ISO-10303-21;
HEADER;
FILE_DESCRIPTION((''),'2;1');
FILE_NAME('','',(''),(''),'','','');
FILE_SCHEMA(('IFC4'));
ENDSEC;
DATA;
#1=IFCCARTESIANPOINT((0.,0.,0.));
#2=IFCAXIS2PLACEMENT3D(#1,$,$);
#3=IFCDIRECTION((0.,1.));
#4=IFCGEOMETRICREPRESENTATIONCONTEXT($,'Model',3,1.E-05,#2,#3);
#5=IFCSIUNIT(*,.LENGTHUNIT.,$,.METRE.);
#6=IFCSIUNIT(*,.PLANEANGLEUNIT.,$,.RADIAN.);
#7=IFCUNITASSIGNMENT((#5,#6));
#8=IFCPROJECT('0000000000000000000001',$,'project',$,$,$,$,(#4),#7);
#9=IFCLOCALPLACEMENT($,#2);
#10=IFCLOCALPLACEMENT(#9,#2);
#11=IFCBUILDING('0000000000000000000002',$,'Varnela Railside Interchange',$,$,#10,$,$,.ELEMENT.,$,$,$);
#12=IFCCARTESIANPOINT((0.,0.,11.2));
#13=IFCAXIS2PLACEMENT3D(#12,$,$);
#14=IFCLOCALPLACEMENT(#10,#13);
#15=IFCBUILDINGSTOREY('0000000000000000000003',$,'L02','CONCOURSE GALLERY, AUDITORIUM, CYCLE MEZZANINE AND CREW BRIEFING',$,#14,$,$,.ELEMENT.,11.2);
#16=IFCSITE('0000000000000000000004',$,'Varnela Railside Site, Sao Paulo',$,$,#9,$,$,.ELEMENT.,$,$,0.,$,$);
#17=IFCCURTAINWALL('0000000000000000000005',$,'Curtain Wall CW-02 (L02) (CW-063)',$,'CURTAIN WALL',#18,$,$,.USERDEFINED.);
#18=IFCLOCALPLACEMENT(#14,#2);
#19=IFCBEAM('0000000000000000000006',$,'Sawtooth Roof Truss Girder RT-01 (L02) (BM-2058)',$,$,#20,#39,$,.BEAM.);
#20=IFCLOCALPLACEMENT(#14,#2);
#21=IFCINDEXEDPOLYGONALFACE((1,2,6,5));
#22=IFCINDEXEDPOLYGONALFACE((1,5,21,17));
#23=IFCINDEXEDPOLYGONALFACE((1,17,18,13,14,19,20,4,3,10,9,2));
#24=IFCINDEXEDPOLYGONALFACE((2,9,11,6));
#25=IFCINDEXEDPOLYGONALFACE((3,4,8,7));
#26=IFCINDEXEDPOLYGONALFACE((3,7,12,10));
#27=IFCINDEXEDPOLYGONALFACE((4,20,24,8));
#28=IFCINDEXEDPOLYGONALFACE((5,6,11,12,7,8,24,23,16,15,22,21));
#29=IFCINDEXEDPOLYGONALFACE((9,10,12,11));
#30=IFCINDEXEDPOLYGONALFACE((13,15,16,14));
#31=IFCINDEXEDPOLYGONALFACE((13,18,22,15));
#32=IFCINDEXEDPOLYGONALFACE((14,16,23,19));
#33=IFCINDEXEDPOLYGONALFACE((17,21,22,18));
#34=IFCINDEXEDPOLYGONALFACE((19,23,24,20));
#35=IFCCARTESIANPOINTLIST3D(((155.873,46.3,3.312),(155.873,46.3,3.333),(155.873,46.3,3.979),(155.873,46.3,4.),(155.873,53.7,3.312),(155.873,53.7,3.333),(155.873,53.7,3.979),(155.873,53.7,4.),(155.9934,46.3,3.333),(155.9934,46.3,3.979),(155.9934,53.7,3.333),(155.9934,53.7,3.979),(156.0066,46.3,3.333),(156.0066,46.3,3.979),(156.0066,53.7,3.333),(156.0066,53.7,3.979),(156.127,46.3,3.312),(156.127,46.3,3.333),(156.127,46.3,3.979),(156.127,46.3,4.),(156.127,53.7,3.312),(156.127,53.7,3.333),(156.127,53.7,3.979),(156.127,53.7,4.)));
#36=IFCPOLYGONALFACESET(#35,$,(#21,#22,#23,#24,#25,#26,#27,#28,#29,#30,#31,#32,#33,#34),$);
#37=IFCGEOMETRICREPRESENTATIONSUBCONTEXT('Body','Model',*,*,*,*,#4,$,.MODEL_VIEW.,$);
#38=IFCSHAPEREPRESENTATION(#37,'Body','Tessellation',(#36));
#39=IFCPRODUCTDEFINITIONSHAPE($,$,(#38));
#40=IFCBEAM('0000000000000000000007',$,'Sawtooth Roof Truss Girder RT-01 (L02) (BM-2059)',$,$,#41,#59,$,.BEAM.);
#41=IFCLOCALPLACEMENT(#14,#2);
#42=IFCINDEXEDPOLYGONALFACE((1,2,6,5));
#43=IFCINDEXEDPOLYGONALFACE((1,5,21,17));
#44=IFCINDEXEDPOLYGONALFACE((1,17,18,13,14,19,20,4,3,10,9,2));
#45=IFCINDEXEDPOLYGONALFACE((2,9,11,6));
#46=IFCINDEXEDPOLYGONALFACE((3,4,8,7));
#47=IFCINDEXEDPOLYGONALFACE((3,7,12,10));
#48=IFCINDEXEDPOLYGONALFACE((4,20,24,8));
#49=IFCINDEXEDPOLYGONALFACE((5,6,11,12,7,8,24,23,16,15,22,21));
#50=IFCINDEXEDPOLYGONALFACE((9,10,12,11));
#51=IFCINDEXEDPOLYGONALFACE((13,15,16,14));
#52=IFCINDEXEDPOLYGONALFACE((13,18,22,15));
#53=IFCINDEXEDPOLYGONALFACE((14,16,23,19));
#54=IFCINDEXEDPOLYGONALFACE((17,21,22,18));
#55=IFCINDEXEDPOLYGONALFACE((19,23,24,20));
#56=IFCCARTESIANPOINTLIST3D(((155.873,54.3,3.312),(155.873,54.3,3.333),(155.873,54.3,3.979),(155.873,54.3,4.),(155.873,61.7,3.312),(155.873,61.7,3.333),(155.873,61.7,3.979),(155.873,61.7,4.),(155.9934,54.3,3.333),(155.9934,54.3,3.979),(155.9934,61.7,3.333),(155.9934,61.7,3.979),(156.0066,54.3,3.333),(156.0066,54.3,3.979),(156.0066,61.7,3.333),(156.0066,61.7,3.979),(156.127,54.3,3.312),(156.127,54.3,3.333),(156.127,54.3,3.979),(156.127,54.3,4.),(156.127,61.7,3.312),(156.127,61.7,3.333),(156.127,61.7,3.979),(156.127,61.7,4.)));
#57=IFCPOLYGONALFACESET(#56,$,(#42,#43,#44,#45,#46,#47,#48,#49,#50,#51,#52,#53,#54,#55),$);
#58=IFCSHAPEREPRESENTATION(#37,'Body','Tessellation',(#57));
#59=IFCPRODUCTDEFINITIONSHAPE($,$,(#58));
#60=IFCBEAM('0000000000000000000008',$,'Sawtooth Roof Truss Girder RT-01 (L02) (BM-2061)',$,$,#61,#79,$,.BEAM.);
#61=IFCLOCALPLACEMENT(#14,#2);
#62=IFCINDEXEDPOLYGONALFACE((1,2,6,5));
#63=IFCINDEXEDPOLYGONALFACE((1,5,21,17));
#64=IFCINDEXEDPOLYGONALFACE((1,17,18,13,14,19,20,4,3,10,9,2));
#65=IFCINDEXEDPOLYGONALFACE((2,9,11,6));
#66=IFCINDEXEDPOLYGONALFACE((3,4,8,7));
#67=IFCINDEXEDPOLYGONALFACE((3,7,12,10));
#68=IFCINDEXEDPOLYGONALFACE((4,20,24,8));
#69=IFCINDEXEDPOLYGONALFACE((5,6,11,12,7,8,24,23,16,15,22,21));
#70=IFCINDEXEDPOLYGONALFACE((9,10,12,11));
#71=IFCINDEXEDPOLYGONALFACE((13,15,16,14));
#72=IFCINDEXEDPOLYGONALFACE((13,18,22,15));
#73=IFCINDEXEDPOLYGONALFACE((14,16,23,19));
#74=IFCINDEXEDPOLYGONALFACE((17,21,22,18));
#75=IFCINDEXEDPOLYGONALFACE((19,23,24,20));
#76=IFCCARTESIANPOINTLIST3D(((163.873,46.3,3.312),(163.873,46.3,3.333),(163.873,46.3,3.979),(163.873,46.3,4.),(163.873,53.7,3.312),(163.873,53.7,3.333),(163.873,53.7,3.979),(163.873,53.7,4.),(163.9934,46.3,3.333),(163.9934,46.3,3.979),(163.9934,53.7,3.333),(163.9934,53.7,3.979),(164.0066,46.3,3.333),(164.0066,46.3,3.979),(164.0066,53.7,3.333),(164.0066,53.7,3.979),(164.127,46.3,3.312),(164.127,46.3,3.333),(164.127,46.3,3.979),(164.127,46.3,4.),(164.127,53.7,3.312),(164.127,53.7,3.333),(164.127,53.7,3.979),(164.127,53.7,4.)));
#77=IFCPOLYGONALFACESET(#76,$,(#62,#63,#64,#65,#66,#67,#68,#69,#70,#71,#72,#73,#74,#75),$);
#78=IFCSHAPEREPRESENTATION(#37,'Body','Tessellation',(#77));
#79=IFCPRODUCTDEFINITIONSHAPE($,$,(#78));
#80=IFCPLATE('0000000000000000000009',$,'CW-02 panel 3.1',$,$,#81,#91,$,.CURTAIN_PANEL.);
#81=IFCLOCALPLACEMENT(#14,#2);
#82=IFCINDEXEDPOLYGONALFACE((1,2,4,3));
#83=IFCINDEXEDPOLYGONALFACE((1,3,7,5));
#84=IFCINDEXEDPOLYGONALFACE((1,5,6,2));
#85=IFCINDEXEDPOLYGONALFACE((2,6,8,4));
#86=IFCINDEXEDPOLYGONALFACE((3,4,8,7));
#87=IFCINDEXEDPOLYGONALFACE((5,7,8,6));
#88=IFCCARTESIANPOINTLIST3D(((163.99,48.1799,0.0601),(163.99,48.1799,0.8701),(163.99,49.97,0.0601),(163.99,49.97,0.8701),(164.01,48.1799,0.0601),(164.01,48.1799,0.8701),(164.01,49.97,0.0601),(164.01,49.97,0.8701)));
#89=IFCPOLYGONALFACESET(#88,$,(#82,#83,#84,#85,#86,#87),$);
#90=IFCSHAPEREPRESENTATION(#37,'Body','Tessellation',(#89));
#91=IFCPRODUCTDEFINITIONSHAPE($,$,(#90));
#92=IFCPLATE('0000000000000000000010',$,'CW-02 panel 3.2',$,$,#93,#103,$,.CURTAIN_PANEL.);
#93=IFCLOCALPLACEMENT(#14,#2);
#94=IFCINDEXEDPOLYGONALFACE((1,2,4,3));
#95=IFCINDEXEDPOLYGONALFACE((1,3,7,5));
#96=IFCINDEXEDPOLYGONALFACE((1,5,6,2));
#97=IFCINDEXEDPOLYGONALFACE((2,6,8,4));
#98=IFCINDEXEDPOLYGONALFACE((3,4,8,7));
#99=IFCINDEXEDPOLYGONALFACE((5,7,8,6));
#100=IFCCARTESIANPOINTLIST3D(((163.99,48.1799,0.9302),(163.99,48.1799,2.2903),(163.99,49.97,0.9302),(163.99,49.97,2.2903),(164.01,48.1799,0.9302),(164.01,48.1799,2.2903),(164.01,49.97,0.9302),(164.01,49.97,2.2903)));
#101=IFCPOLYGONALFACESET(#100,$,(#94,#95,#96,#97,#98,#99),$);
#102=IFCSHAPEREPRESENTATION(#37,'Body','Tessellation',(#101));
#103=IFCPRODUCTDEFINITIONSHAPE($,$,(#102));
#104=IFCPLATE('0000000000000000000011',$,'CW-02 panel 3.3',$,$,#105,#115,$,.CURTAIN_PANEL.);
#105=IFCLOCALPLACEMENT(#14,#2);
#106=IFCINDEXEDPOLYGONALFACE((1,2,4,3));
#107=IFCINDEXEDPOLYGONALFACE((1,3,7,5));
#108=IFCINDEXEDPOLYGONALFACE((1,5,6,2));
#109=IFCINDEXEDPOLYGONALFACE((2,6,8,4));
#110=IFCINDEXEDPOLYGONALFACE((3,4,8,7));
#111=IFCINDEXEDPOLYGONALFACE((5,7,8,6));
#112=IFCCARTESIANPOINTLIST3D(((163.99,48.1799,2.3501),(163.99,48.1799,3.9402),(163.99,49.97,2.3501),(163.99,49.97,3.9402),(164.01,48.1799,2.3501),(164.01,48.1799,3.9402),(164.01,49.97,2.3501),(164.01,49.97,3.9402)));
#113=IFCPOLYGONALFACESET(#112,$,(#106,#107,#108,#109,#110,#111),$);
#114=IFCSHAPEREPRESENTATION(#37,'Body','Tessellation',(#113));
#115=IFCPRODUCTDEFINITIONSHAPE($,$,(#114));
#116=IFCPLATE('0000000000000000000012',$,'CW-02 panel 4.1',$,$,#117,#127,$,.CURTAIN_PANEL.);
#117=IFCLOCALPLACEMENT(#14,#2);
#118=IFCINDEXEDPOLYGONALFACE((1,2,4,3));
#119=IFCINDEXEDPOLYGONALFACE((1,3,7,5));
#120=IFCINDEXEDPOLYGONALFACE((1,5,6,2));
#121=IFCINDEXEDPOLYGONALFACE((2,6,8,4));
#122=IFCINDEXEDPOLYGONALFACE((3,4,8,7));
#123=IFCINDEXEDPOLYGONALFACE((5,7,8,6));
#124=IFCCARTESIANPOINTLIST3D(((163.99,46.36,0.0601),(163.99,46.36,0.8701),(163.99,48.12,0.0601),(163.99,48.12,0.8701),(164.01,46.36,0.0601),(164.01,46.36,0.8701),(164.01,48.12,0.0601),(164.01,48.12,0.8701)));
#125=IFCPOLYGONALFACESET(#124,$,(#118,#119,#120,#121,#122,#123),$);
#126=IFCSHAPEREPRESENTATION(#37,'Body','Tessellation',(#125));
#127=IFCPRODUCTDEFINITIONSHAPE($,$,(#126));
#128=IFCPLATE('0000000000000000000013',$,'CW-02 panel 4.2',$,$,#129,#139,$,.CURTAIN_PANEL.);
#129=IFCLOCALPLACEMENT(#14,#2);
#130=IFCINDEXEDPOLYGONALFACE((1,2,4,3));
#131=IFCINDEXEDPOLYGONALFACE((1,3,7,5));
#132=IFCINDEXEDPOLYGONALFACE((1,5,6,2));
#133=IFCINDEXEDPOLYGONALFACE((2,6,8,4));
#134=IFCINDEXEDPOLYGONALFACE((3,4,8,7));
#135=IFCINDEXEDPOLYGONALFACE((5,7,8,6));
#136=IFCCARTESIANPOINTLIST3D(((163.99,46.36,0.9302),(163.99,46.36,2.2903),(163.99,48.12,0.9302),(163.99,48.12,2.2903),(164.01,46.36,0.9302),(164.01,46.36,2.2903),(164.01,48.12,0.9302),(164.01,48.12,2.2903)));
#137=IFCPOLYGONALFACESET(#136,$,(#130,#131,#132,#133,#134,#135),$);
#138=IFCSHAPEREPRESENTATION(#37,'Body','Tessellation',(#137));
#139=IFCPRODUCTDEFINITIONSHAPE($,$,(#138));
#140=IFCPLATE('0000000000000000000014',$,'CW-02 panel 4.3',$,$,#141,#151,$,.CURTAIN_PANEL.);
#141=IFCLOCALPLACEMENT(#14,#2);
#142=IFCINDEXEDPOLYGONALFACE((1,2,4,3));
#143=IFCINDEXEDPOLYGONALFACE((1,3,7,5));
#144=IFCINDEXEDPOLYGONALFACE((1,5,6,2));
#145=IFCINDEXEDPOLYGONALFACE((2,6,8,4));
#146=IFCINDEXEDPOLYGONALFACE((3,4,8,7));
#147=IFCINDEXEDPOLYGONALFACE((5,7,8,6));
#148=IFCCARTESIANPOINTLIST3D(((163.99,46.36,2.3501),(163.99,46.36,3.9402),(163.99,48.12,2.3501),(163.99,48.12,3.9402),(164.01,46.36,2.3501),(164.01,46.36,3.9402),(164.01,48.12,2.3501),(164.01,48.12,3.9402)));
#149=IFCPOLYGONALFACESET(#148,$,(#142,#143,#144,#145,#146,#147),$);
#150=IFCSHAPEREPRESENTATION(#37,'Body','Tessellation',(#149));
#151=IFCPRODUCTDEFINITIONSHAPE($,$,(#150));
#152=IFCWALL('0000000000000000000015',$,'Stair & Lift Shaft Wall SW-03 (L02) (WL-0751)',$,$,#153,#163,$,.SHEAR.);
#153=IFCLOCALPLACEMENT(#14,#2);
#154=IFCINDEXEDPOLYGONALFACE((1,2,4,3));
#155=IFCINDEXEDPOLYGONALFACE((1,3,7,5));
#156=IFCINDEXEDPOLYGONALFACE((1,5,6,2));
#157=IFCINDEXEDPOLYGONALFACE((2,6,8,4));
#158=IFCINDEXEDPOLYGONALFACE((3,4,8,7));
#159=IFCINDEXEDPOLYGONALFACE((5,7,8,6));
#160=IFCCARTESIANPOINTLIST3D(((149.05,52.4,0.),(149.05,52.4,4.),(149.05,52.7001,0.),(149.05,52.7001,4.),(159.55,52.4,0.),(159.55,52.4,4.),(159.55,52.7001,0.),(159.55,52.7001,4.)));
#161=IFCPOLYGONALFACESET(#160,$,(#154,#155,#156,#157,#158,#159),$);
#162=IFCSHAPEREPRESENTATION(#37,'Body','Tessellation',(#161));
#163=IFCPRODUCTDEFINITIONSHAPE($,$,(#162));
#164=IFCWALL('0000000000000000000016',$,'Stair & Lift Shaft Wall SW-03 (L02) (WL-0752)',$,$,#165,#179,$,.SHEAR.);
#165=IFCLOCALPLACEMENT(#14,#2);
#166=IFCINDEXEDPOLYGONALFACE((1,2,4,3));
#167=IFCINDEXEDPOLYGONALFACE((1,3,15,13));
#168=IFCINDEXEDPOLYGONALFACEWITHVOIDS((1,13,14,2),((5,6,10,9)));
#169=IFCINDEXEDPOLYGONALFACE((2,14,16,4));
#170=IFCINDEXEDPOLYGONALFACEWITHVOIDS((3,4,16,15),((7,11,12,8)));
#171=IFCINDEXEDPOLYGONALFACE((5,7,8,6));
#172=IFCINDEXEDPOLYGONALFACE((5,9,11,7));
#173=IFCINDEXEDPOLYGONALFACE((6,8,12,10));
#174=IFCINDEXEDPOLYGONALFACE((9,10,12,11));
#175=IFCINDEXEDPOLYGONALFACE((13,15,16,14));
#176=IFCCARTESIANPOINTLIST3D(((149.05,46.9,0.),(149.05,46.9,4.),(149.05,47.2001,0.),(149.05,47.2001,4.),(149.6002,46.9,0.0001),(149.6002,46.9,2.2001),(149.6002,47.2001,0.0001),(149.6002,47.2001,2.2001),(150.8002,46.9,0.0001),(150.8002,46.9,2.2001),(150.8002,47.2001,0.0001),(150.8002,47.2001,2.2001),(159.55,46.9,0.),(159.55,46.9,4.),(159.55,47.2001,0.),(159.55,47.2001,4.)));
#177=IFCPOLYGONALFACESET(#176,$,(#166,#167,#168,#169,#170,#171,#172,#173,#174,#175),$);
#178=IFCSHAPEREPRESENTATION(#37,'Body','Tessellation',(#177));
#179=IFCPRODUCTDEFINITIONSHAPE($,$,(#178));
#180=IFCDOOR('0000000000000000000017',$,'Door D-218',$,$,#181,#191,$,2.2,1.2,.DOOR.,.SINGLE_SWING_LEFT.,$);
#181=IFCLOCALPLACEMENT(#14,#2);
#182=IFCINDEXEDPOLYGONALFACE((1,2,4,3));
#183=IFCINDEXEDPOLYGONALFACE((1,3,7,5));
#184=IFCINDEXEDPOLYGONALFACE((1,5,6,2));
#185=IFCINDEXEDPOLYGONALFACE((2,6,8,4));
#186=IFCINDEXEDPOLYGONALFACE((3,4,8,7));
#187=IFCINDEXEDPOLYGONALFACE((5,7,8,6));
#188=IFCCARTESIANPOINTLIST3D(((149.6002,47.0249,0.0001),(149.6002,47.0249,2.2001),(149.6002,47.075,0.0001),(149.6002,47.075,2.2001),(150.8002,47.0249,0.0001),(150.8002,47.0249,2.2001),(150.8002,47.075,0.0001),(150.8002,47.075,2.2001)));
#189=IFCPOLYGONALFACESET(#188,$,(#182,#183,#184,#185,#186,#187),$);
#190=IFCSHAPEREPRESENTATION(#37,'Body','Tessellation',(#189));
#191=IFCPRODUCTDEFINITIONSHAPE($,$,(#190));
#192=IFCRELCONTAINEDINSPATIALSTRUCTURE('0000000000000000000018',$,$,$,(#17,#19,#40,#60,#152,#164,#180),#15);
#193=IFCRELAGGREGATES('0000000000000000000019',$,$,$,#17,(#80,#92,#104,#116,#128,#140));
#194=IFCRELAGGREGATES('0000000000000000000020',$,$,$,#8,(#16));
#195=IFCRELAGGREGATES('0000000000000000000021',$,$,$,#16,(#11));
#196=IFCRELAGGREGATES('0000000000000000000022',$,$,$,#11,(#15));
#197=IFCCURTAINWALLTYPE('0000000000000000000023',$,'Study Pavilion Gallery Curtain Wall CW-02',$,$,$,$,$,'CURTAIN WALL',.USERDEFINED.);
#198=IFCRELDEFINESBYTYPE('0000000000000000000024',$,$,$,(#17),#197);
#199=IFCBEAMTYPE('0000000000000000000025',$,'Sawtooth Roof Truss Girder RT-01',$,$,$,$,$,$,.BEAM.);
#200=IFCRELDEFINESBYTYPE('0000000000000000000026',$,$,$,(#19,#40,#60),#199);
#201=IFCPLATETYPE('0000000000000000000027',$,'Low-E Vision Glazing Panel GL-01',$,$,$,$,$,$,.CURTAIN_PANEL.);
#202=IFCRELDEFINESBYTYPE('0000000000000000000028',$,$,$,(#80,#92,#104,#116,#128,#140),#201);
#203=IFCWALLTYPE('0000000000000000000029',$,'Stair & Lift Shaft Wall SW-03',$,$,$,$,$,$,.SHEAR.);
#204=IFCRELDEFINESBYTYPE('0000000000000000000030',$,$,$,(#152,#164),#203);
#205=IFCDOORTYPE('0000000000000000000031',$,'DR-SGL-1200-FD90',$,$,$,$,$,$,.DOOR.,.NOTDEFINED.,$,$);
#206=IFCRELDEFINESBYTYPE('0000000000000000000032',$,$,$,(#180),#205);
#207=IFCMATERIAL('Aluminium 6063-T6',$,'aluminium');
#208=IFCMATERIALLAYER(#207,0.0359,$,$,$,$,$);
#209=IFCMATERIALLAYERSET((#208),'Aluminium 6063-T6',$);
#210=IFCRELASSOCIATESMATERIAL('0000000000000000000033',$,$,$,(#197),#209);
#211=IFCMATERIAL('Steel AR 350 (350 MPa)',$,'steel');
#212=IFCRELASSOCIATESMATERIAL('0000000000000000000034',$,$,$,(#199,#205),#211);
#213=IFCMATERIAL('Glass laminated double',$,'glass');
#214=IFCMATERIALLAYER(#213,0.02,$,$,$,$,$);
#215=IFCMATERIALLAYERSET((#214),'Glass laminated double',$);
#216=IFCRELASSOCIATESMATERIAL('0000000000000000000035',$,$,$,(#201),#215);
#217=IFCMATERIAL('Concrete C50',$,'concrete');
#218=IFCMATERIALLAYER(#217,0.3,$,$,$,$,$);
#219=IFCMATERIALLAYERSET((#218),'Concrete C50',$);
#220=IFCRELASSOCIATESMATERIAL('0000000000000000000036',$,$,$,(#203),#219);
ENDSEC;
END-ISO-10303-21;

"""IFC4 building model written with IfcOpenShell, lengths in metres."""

from ifc_helpers import new_model, si_unit, direction, frame, frame_2d, origin, origin_2d, place, context, subcontext, project, spatial, rectangle, i_section, extrude, material, layer, layer_set, material_profile, profile_set, type_object, element, fill, aggregate, save


model = new_model("IFC4")

# Units and contexts
model_context = context("Model", 3, precision=1e-05, world=origin(), true_north=direction((0.0, 1.0)))
body_context = subcontext(model_context, "Body", "Model", "MODEL_VIEW")
ifc_project = project(units=[si_unit("LENGTHUNIT", "METRE"), si_unit("PLANEANGLEUNIT", "RADIAN")], contexts=[model_context])

# Site, building, storey
site_placement = place(None, origin())
site = spatial("IfcSite", under=ifc_project, at=site_placement, Name="Varnela Railside Site, Sao Paulo", CompositionType="ELEMENT", RefElevation=0.0)
building_placement = place(site_placement, origin())
building = spatial("IfcBuilding", under=site, at=building_placement, Name="Varnela Railside Interchange", CompositionType="ELEMENT")
storey_placement = place(building_placement, frame((0.0, 0.0, 11.2)))
storey = spatial("IfcBuildingStorey", under=building, at=storey_placement, Name="L02", Description="CONCOURSE GALLERY, AUDITORIUM, CYCLE MEZZANINE AND CREW BRIEFING", CompositionType="ELEMENT", Elevation=11.2)

# Shared definitions
ifc_material_1 = material(Name="Concrete C50", Category="concrete")

# Curtain wall
ifc_material_2 = material(Name="Aluminium 6063-T6", Category="aluminium")
ifc_layer_1 = layer(ifc_material_2, 0.0359)
ifc_layer_set_1 = layer_set([ifc_layer_1], Name="Aluminium 6063-T6")
curtain_wall_type = type_object("IfcCurtainWallType", Name="Study Pavilion Gallery Curtain Wall CW-02", ElementType="CURTAIN WALL", PredefinedType="USERDEFINED", material=ifc_layer_set_1)
curtain_wall_placement = place(storey_placement, origin())
curtain_wall = element("IfcCurtainWall", 1, at=curtain_wall_placement, inside=storey, type_object=curtain_wall_type, Name="Curtain Wall CW-02 (L02) (CW-063)", ObjectType="CURTAIN WALL", PredefinedType="USERDEFINED")

# Beams
ifc_material_3 = material(Name="Steel AR 350 (350 MPa)", Category="steel")
ifc_material_profile_1 = material_profile(ifc_material_3, i_section(OverallWidth=0.2539, OverallDepth=0.688, WebThickness=0.0132, FlangeThickness=0.021, at=origin_2d()), Name="W690x152")
ifc_profile_set_1 = profile_set([ifc_material_profile_1], Name="Steel AR 350 (350 MPa)")
beam_type = type_object("IfcBeamType", Name="Sawtooth Roof Truss Girder RT-01", PredefinedType="BEAM", material=ifc_profile_set_1)
for number, where, z_axis, x_axis, name in (
    (2, (156.0, 46.3, 3.656), (0.0, 1.0, 0.0), (-1.0, 0.0, 0.0), "Sawtooth Roof Truss Girder RT-01 (L02) (BM-2058)"),
    (3, (156.0, 54.3, 3.656), (0.0, 1.0, 0.0), (-1.0, 0.0, 0.0), "Sawtooth Roof Truss Girder RT-01 (L02) (BM-2059)"),
    (4, (164.0, 46.3, 3.656), (0.0, 1.0, 0.0), (-1.0, 0.0, 0.0), "Sawtooth Roof Truss Girder RT-01 (L02) (BM-2061)"),
):
    element("IfcBeam", number, at=place(storey_placement, frame(where, z_axis=z_axis, x_axis=x_axis)), inside=storey, type_object=beam_type, Name=name, PredefinedType="BEAM", context=body_context, shape_type="SweptSolid", body=[
        extrude(i_section(OverallWidth=0.2539, OverallDepth=0.688, WebThickness=0.0132, FlangeThickness=0.021, at=origin_2d()), origin(), (0.0, 0.0, 1.0), 7.3999),
    ])

# Plates
ifc_material_4 = material(Name="Glass laminated double", Category="glass")
ifc_layer_2 = layer(ifc_material_4, 0.02)
ifc_layer_set_2 = layer_set([ifc_layer_2], Name="Glass laminated double")
plate_type = type_object("IfcPlateType", Name="Low-E Vision Glazing Panel GL-01", PredefinedType="CURTAIN_PANEL", material=ifc_layer_set_2)
plate_1_placement = place(storey_placement, frame((164.0, 49.075, 0.0601), z_axis=(0.0, 0.0, 1.0), x_axis=(0.0, -1.0, 0.0)))
plate_1 = element("IfcPlate", 5, at=plate_1_placement, type_object=plate_type, Name="CW-02 panel 3.1", PredefinedType="CURTAIN_PANEL", context=body_context, shape_type="SweptSolid", body=[
    extrude(rectangle(XDim=1.79, YDim=0.02, at=origin_2d()), origin(), (0.0, 0.0, 1.0), 0.8101),
])
plate_2_placement = place(storey_placement, frame((164.0, 49.075, 0.9302), z_axis=(0.0, 0.0, 1.0), x_axis=(0.0, -1.0, 0.0)))
plate_2 = element("IfcPlate", 6, at=plate_2_placement, type_object=plate_type, Name="CW-02 panel 3.2", PredefinedType="CURTAIN_PANEL", context=body_context, shape_type="SweptSolid", body=[
    extrude(rectangle(XDim=1.79, YDim=0.02, at=origin_2d()), origin(), (0.0, 0.0, 1.0), 1.3601),
])
plate_3_placement = place(storey_placement, frame((164.0, 49.075, 2.3501), z_axis=(0.0, 0.0, 1.0), x_axis=(0.0, -1.0, 0.0)))
plate_3 = element("IfcPlate", 7, at=plate_3_placement, type_object=plate_type, Name="CW-02 panel 3.3", PredefinedType="CURTAIN_PANEL", context=body_context, shape_type="SweptSolid", body=[
    extrude(rectangle(XDim=1.79, YDim=0.02, at=origin_2d()), origin(), (0.0, 0.0, 1.0), 1.5901),
])
plate_4_placement = place(storey_placement, frame((164.0, 47.24, 0.0601), z_axis=(0.0, 0.0, 1.0), x_axis=(0.0, -1.0, 0.0)))
plate_4 = element("IfcPlate", 8, at=plate_4_placement, type_object=plate_type, Name="CW-02 panel 4.1", PredefinedType="CURTAIN_PANEL", context=body_context, shape_type="SweptSolid", body=[
    extrude(rectangle(XDim=1.76, YDim=0.02, at=origin_2d()), origin(), (0.0, 0.0, 1.0), 0.8101),
])
plate_5_placement = place(storey_placement, frame((164.0, 47.24, 0.9302), z_axis=(0.0, 0.0, 1.0), x_axis=(0.0, -1.0, 0.0)))
plate_5 = element("IfcPlate", 9, at=plate_5_placement, type_object=plate_type, Name="CW-02 panel 4.2", PredefinedType="CURTAIN_PANEL", context=body_context, shape_type="SweptSolid", body=[
    extrude(rectangle(XDim=1.76, YDim=0.02, at=origin_2d()), origin(), (0.0, 0.0, 1.0), 1.3601),
])
plate_6_placement = place(storey_placement, frame((164.0, 47.24, 2.3501), z_axis=(0.0, 0.0, 1.0), x_axis=(0.0, -1.0, 0.0)))
plate_6 = element("IfcPlate", 10, at=plate_6_placement, type_object=plate_type, Name="CW-02 panel 4.3", PredefinedType="CURTAIN_PANEL", context=body_context, shape_type="SweptSolid", body=[
    extrude(rectangle(XDim=1.76, YDim=0.02, at=origin_2d()), origin(), (0.0, 0.0, 1.0), 1.5901),
])
aggregate(curtain_wall, [plate_1, plate_2, plate_3, plate_4, plate_5, plate_6])

# Wall
ifc_layer_3 = layer(ifc_material_1, 0.3)
ifc_layer_set_3 = layer_set([ifc_layer_3], Name="Concrete C50")
wall_type = type_object("IfcWallType", Name="Stair & Lift Shaft Wall SW-03", PredefinedType="SHEAR", material=ifc_layer_set_3)
wall_1_placement = place(storey_placement, frame((149.05, 52.55, 0.0), z_axis=(0.0, 0.0, 1.0), x_axis=(1.0, 0.0, 0.0)))
element("IfcWall", 11, at=wall_1_placement, inside=storey, type_object=wall_type, Name="Stair & Lift Shaft Wall SW-03 (L02) (WL-0751)", PredefinedType="SHEAR", context=body_context, shape_type="SweptSolid", body=[
    extrude(rectangle(XDim=10.5, YDim=0.3, at=frame_2d((5.25, 0.0))), origin(), (0.0, 0.0, 1.0), 4.0),
])

# Wall, opening, door
wall_2_placement = place(storey_placement, frame((149.05, 47.05, 0.0), z_axis=(0.0, 0.0, 1.0), x_axis=(1.0, 0.0, 0.0)))
wall_2 = element("IfcWall", 12, at=wall_2_placement, inside=storey, type_object=wall_type, Name="Stair & Lift Shaft Wall SW-03 (L02) (WL-0752)", PredefinedType="SHEAR", context=body_context, shape_type="SweptSolid", body=[
    extrude(rectangle(XDim=10.5, YDim=0.3, at=frame_2d((5.25, 0.0))), origin(), (0.0, 0.0, 1.0), 4.0),
])
opening_placement = place(wall_2_placement, frame((0.55, 0.0, 0.0)))
opening = element("IfcOpeningElement", 13, at=opening_placement, cuts=wall_2, PredefinedType="OPENING", context=body_context, shape_type="SweptSolid", body=[
    extrude(rectangle(XDim=1.2, YDim=2.2, at=frame_2d((0.6001, 1.1001))), frame((0.0, 0.1599, 0.0), z_axis=(0.0, -1.0, 0.0), x_axis=(1.0, 0.0, 0.0)), (0.0, 0.0, 1.0), 0.3201),
])
door_type = type_object("IfcDoorType", Name="DR-SGL-1200-FD90", OperationType="NOTDEFINED", PredefinedType="DOOR", material=ifc_material_3)
door_placement = place(opening_placement, origin())
door = element("IfcDoor", 14, at=door_placement, inside=storey, type_object=door_type, Name="Door D-218", OperationType="SINGLE_SWING_LEFT", OverallHeight=2.2, OverallWidth=1.2, PredefinedType="DOOR", context=body_context, shape_type="SweptSolid", body=[
    extrude(rectangle(XDim=1.2, YDim=2.2, at=frame_2d((0.6001, 1.1001))), frame((0.0, 0.0249, 0.0), z_axis=(0.0, -1.0, 0.0), x_axis=(1.0, 0.0, 0.0)), (0.0, 0.0, 1.0), 0.05),
])
fill(opening, door)

save(model, "model.ifc")
